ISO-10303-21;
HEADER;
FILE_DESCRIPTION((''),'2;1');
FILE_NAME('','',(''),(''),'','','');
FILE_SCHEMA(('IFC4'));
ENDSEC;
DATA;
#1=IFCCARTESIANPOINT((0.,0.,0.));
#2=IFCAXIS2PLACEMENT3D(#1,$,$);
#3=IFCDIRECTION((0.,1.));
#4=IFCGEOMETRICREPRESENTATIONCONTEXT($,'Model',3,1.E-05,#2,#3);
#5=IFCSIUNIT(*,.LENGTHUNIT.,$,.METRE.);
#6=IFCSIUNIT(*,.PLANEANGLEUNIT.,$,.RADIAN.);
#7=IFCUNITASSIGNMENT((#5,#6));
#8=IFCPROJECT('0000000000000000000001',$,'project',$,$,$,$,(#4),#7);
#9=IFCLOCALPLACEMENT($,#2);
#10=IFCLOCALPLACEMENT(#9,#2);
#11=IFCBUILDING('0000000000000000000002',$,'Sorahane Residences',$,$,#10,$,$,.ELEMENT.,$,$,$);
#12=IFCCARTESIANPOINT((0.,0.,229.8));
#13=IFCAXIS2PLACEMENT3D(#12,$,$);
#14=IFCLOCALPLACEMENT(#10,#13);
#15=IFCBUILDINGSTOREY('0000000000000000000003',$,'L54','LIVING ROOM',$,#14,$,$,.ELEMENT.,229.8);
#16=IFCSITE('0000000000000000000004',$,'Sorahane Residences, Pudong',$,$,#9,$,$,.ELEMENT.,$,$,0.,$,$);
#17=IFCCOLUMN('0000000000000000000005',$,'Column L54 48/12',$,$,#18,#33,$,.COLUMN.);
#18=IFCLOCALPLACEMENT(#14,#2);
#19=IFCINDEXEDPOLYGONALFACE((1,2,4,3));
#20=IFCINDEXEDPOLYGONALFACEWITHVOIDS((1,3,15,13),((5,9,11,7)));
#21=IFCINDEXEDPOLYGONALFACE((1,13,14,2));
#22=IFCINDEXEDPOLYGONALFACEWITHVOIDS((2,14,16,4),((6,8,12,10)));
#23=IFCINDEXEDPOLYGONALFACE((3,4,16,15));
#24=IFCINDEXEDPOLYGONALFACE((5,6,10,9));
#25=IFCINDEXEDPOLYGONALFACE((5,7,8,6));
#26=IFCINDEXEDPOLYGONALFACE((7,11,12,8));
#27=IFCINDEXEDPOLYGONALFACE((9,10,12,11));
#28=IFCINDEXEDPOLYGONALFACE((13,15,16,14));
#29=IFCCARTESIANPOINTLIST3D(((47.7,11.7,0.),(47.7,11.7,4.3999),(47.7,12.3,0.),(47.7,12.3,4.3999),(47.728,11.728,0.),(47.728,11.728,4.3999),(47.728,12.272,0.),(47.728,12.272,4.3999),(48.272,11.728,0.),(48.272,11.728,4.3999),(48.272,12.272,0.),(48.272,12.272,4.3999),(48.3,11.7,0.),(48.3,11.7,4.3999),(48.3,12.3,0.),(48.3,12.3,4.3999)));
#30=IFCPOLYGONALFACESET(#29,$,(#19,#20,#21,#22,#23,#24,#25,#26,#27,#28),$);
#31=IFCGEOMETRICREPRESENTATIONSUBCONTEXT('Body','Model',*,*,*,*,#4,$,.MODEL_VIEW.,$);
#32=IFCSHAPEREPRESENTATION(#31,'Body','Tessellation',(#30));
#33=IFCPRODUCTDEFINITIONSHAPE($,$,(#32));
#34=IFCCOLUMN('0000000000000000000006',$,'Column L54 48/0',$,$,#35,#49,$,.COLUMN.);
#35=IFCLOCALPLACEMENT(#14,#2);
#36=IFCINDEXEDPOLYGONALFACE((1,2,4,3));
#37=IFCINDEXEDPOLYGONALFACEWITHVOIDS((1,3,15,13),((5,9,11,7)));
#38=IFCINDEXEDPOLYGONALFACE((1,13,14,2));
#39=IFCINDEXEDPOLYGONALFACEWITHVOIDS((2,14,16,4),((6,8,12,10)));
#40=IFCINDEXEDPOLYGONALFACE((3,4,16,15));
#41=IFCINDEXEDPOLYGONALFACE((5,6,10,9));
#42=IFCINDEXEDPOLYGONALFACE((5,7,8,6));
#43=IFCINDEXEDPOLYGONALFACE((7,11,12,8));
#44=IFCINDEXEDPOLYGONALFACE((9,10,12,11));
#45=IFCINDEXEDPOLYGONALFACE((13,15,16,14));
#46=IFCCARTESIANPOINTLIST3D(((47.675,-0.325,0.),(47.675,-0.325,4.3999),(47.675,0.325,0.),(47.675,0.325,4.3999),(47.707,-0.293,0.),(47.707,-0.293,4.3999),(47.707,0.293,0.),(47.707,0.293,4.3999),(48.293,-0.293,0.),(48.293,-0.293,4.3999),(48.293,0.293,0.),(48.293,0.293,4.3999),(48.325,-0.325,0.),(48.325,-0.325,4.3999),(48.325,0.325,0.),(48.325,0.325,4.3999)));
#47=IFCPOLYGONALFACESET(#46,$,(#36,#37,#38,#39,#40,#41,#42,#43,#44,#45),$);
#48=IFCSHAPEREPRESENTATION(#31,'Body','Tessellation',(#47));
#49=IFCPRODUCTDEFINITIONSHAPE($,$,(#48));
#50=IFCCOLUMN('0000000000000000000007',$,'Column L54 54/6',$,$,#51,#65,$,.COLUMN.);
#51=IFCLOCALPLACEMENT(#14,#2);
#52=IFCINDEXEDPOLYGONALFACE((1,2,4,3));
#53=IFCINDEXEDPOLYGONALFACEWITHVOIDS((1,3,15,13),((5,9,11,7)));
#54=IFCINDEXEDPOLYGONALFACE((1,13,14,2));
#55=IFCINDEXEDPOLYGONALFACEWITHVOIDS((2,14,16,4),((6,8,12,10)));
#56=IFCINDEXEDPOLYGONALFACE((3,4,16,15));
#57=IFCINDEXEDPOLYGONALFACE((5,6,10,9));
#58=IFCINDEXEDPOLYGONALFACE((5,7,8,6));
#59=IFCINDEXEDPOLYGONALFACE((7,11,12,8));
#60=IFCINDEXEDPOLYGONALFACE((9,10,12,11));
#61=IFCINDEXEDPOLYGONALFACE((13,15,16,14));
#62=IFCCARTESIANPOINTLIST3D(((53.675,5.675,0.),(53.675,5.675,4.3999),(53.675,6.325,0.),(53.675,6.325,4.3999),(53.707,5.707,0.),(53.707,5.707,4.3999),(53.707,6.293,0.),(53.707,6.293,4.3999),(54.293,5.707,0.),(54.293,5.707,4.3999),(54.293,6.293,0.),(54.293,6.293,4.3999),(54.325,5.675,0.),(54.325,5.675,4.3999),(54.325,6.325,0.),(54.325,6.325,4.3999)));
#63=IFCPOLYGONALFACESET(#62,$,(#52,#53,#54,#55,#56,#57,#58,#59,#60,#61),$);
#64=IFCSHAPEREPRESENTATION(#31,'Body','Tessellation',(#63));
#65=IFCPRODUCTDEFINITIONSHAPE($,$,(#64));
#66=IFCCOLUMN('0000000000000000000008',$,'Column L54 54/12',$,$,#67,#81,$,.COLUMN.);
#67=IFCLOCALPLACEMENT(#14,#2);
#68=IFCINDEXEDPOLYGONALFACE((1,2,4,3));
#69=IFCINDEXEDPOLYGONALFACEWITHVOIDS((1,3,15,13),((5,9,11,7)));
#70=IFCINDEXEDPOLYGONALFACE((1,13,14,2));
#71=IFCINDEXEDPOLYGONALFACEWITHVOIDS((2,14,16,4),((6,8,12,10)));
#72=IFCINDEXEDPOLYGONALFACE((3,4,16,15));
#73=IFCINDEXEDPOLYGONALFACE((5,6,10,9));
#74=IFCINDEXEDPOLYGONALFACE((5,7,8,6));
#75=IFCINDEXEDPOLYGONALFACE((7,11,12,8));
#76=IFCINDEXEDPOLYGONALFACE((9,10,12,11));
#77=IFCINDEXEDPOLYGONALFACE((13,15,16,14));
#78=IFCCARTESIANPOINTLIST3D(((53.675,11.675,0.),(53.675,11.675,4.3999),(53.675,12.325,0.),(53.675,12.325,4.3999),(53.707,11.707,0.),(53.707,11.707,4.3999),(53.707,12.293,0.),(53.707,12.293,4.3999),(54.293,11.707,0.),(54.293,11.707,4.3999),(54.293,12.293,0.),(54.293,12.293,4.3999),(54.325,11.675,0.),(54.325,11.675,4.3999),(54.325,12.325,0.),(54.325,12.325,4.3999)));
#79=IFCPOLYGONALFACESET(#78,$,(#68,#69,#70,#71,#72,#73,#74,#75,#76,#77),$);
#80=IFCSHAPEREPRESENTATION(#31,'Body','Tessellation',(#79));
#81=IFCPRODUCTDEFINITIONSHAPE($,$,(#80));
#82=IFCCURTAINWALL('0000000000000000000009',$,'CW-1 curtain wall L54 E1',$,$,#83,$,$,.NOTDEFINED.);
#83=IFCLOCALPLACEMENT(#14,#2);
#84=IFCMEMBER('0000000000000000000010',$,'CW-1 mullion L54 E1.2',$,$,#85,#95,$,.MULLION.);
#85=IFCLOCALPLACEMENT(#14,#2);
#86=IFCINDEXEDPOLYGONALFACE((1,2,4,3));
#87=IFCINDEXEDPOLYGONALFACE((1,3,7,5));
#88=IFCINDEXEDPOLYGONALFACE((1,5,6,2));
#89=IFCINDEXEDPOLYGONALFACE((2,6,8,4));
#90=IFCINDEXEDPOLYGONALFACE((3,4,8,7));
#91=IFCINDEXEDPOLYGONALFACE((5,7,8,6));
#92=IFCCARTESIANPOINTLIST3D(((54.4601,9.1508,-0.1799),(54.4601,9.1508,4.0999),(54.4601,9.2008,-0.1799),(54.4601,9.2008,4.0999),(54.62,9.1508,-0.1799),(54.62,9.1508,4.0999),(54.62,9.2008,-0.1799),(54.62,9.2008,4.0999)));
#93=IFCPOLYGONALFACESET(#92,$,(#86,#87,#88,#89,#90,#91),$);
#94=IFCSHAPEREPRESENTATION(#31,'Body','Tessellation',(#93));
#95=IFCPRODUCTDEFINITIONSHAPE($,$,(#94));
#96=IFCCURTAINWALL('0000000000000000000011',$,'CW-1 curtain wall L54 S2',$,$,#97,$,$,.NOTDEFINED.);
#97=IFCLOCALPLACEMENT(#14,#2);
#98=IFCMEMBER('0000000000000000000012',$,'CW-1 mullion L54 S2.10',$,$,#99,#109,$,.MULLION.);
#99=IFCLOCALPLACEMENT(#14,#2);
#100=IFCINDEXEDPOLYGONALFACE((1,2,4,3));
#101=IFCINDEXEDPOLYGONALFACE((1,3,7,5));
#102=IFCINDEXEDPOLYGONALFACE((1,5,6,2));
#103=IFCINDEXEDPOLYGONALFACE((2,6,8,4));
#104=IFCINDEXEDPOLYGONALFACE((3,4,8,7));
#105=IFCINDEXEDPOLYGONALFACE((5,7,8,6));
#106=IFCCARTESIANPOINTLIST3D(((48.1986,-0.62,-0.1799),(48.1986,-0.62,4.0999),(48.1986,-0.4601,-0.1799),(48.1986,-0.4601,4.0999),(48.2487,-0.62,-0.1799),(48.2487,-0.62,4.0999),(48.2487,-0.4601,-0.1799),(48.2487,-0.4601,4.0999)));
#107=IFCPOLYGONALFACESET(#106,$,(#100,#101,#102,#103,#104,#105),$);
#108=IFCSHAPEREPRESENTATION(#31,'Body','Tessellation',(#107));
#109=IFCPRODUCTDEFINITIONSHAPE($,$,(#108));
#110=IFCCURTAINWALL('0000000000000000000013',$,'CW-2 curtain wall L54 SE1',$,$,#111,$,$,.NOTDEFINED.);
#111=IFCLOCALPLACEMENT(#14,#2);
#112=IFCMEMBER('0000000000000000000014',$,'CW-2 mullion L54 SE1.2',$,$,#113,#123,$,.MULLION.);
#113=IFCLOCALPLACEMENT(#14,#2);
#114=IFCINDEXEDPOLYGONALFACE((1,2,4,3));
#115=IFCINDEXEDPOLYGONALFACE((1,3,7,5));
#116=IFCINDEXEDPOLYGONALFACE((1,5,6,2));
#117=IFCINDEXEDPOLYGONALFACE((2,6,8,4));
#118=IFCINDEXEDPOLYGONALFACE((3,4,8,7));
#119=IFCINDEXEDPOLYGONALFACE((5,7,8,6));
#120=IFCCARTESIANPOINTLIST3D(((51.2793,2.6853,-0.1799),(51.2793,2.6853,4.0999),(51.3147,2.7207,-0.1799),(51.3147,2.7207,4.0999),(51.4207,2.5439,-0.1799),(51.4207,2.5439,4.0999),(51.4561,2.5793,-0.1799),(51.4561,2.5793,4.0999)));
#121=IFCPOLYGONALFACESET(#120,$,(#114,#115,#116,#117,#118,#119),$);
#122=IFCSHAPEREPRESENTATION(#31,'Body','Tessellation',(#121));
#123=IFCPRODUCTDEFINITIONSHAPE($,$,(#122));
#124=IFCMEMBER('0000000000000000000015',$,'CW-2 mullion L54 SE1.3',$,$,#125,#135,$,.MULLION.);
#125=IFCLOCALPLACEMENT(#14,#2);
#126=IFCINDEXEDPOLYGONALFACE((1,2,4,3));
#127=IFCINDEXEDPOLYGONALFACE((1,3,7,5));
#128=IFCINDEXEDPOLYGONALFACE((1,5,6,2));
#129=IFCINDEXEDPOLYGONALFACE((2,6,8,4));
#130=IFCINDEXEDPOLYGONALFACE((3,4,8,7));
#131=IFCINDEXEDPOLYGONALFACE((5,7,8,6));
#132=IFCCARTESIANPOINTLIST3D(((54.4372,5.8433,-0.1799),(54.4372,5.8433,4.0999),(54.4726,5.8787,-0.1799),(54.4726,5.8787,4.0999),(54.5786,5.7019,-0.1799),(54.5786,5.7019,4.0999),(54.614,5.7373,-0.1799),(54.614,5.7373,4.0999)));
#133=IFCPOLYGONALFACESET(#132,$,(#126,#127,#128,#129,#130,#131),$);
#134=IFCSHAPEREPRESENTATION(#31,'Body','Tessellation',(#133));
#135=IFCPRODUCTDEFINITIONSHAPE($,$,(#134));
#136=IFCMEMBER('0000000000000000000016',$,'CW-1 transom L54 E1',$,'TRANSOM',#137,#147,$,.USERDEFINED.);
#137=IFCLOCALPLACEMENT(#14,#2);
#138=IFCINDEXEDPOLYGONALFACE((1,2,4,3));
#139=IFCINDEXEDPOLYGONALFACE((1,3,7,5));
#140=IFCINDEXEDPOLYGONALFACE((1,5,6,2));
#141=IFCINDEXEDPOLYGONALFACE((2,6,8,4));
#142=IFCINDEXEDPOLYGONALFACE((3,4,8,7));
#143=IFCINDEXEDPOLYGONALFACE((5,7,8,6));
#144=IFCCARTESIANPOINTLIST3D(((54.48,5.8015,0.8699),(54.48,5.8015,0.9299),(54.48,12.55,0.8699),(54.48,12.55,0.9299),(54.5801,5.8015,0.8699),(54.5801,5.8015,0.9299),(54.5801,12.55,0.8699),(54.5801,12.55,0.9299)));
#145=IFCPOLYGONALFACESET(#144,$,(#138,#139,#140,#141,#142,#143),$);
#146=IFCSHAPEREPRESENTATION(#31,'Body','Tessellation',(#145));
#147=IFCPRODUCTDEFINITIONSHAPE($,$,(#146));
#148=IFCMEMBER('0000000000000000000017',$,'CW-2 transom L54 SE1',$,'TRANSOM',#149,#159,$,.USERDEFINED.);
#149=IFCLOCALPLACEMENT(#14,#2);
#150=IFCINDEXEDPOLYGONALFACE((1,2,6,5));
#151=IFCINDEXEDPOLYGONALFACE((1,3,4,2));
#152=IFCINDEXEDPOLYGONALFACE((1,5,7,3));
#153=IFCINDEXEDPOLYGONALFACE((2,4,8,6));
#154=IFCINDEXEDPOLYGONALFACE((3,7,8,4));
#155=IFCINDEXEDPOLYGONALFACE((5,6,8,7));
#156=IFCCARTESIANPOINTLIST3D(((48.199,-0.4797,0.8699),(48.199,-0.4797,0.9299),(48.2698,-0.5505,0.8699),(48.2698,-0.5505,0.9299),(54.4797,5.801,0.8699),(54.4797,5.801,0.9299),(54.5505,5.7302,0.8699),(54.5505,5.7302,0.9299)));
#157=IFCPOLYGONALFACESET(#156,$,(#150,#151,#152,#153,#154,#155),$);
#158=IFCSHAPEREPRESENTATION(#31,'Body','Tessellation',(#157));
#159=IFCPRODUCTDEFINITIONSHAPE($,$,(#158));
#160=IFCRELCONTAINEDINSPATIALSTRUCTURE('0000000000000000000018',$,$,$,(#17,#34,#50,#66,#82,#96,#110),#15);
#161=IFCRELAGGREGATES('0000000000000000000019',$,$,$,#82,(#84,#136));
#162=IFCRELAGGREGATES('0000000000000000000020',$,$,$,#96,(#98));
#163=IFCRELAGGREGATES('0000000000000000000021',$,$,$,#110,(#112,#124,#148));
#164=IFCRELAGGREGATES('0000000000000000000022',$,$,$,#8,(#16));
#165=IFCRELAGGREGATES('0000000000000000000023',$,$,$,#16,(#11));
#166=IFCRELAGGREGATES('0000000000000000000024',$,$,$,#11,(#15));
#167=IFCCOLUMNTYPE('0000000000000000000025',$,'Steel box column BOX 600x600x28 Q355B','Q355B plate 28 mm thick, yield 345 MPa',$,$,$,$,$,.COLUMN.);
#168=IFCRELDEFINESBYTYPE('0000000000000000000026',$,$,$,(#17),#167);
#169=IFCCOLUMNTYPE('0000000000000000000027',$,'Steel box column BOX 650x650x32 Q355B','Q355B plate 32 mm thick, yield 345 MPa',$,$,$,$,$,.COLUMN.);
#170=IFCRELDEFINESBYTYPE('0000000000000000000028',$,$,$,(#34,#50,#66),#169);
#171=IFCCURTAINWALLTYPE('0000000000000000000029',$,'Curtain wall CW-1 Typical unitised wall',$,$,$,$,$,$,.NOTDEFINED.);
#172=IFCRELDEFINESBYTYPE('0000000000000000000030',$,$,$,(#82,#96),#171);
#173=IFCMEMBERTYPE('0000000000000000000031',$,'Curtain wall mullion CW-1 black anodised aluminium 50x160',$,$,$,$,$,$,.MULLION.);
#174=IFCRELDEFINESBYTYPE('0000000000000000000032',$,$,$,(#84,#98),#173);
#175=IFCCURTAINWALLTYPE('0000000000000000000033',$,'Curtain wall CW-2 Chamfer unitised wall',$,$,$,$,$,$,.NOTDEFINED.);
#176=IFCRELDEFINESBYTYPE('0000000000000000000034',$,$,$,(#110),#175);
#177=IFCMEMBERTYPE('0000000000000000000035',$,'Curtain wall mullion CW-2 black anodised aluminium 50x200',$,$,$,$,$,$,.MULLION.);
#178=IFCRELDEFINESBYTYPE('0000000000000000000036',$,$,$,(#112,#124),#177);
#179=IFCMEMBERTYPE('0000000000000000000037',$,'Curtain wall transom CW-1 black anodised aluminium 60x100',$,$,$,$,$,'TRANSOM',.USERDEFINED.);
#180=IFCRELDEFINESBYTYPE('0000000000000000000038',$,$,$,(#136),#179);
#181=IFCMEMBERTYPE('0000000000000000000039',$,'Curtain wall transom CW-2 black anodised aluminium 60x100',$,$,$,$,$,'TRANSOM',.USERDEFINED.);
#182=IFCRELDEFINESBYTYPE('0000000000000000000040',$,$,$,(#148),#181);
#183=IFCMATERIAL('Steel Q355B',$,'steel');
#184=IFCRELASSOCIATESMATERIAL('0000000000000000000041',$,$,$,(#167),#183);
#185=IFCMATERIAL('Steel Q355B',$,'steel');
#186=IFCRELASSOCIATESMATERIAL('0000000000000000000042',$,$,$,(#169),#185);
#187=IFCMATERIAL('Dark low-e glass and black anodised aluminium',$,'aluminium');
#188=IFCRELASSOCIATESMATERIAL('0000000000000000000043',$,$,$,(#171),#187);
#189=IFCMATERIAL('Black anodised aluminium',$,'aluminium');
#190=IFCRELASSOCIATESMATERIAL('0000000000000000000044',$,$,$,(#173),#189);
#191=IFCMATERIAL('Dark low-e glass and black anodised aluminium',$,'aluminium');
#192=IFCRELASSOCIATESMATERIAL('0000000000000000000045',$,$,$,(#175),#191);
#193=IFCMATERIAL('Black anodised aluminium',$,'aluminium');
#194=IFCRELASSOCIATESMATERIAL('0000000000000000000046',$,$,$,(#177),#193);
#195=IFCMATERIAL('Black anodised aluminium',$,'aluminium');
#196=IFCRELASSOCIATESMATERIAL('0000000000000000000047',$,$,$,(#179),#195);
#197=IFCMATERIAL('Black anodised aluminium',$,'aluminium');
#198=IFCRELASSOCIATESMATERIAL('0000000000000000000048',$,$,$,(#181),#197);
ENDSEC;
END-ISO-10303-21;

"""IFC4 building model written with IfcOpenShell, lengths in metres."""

from ifc_helpers import new_model, si_unit, direction, frame, origin, origin_2d, place, context, subcontext, project, spatial, rectangle, hollow_rectangle, extrude, material, material_profile, profile_set, type_object, element, aggregate, save


model = new_model("IFC4")

# Units and contexts
model_context = context("Model", 3, precision=1e-05, world=origin(), true_north=direction((0.0, 1.0)))
body_context = subcontext(model_context, "Body", "Model", "MODEL_VIEW")
ifc_project = project(units=[si_unit("LENGTHUNIT", "METRE"), si_unit("PLANEANGLEUNIT", "RADIAN")], contexts=[model_context])

# Site, building, storey
site_placement = place(None, origin())
site = spatial("IfcSite", under=ifc_project, at=site_placement, Name="Sorahane Residences, Pudong", CompositionType="ELEMENT", RefElevation=0.0)
building_placement = place(site_placement, origin())
building = spatial("IfcBuilding", under=site, at=building_placement, Name="Sorahane Residences", CompositionType="ELEMENT")
storey_placement = place(building_placement, frame((0.0, 0.0, 229.8)))
storey = spatial("IfcBuildingStorey", under=building, at=storey_placement, Name="L54", Description="LIVING ROOM", CompositionType="ELEMENT", Elevation=229.8)

# Columns
ifc_material_1 = material(Name="Steel Q355B", Category="steel")
ifc_material_profile_1 = material_profile(ifc_material_1, hollow_rectangle(XDim=0.6001, YDim=0.6001, WallThickness=0.0281, at=origin_2d()), Name="BOX 600x600x28")
ifc_profile_set_1 = profile_set([ifc_material_profile_1], Name="Steel Q355B")
column_type_1 = type_object("IfcColumnType", Name="Steel box column BOX 600x600x28 Q355B", Description="Q355B plate 28 mm thick, yield 345 MPa", PredefinedType="COLUMN", material=ifc_profile_set_1)
column_placement = place(storey_placement, frame((48.0, 12.0, 0.0), z_axis=(0.0, 0.0, 1.0), x_axis=(1.0, 0.0, 0.0)))
element("IfcColumn", 1, at=column_placement, inside=storey, type_object=column_type_1, Name="Column L54 48/12", PredefinedType="COLUMN", context=body_context, shape_type="SweptSolid", body=[
    extrude(hollow_rectangle(XDim=0.6001, YDim=0.6001, WallThickness=0.0281, at=origin_2d()), origin(), (0.0, 0.0, 1.0), 4.3999),
])
ifc_material_2 = material(Name="Steel Q355B", Category="steel")
ifc_material_profile_2 = material_profile(ifc_material_2, hollow_rectangle(XDim=0.6499, YDim=0.6499, WallThickness=0.032, at=origin_2d()), Name="BOX 650x650x32")
ifc_profile_set_2 = profile_set([ifc_material_profile_2], Name="Steel Q355B")
column_type_2 = type_object("IfcColumnType", Name="Steel box column BOX 650x650x32 Q355B", Description="Q355B plate 32 mm thick, yield 345 MPa", PredefinedType="COLUMN", material=ifc_profile_set_2)
for number, where, z_axis, x_axis, name in (
    (2, (48.0, 0.0, 0.0), (0.0, 0.0, 1.0), (1.0, 0.0, 0.0), "Column L54 48/0"),
    (3, (54.0, 6.0, 0.0), (0.0, 0.0, 1.0), (1.0, 0.0, 0.0), "Column L54 54/6"),
    (4, (54.0, 12.0, 0.0), (0.0, 0.0, 1.0), (1.0, 0.0, 0.0), "Column L54 54/12"),
):
    element("IfcColumn", number, at=place(storey_placement, frame(where, z_axis=z_axis, x_axis=x_axis)), inside=storey, type_object=column_type_2, Name=name, PredefinedType="COLUMN", context=body_context, shape_type="SweptSolid", body=[
        extrude(hollow_rectangle(XDim=0.6499, YDim=0.6499, WallThickness=0.032, at=origin_2d()), origin(), (0.0, 0.0, 1.0), 4.3999),
    ])

# Curtain walls, members
ifc_material_3 = material(Name="Dark low-e glass and black anodised aluminium", Category="aluminium")
curtain_wall_type_1 = type_object("IfcCurtainWallType", Name="Curtain wall CW-1 Typical unitised wall", PredefinedType="NOTDEFINED", material=ifc_material_3)
curtain_wall_1_placement = place(storey_placement, origin())
curtain_wall_1 = element("IfcCurtainWall", 5, at=curtain_wall_1_placement, inside=storey, type_object=curtain_wall_type_1, Name="CW-1 curtain wall L54 E1", PredefinedType="NOTDEFINED")
ifc_material_4 = material(Name="Black anodised aluminium", Category="aluminium")
ifc_material_profile_3 = material_profile(ifc_material_4, rectangle(XDim=0.1599, YDim=0.05, at=origin_2d()), Name="Curtain wall mullion CW-1 black anodised aluminium 50x160")
ifc_profile_set_3 = profile_set([ifc_material_profile_3], Name="Black anodised aluminium")
member_type_1 = type_object("IfcMemberType", Name="Curtain wall mullion CW-1 black anodised aluminium 50x160", PredefinedType="MULLION", material=ifc_profile_set_3)
member_1_placement = place(storey_placement, frame((54.54, 9.1758, -0.1799), z_axis=(0.0, 0.0, 1.0), x_axis=(1.0, 0.0, 0.0)))
member_1 = element("IfcMember", 6, at=member_1_placement, type_object=member_type_1, Name="CW-1 mullion L54 E1.2", PredefinedType="MULLION", context=body_context, shape_type="SweptSolid", body=[
    extrude(rectangle(XDim=0.1599, YDim=0.05, at=origin_2d()), origin(), (0.0, 0.0, 1.0), 4.2798),
])
curtain_wall_2_placement = place(storey_placement, origin())
curtain_wall_2 = element("IfcCurtainWall", 7, at=curtain_wall_2_placement, inside=storey, type_object=curtain_wall_type_1, Name="CW-1 curtain wall L54 S2", PredefinedType="NOTDEFINED")
member_2_placement = place(storey_placement, frame((48.2236, -0.54, -0.1799), z_axis=(0.0, 0.0, 1.0), x_axis=(0.0, -1.0, 0.0)))
member_2 = element("IfcMember", 8, at=member_2_placement, type_object=member_type_1, Name="CW-1 mullion L54 S2.10", PredefinedType="MULLION", context=body_context, shape_type="SweptSolid", body=[
    extrude(rectangle(XDim=0.1599, YDim=0.05, at=origin_2d()), origin(), (0.0, 0.0, 1.0), 4.2798),
])

# Curtain wall, members
ifc_material_5 = material(Name="Dark low-e glass and black anodised aluminium", Category="aluminium")
curtain_wall_type_2 = type_object("IfcCurtainWallType", Name="Curtain wall CW-2 Chamfer unitised wall", PredefinedType="NOTDEFINED", material=ifc_material_5)
curtain_wall_3_placement = place(storey_placement, origin())
curtain_wall_3 = element("IfcCurtainWall", 9, at=curtain_wall_3_placement, inside=storey, type_object=curtain_wall_type_2, Name="CW-2 curtain wall L54 SE1", PredefinedType="NOTDEFINED")
ifc_material_6 = material(Name="Black anodised aluminium", Category="aluminium")
ifc_material_profile_4 = material_profile(ifc_material_6, rectangle(XDim=0.2, YDim=0.05, at=origin_2d()), Name="Curtain wall mullion CW-2 black anodised aluminium 50x200")
ifc_profile_set_4 = profile_set([ifc_material_profile_4], Name="Black anodised aluminium")
member_type_2 = type_object("IfcMemberType", Name="Curtain wall mullion CW-2 black anodised aluminium 50x200", PredefinedType="MULLION", material=ifc_profile_set_4)
member_3_placement = place(storey_placement, frame((51.3677, 2.6323, -0.1799), z_axis=(0.0, 0.0, 1.0), x_axis=(0.707107, -0.707107, 0.0)))
member_3 = element("IfcMember", 10, at=member_3_placement, type_object=member_type_2, Name="CW-2 mullion L54 SE1.2", PredefinedType="MULLION", context=body_context, shape_type="SweptSolid", body=[
    extrude(rectangle(XDim=0.2, YDim=0.05, at=origin_2d()), origin(), (0.0, 0.0, 1.0), 4.2798),
])
member_4_placement = place(storey_placement, frame((54.5256, 5.7903, -0.1799), z_axis=(0.0, 0.0, 1.0), x_axis=(0.707107, -0.707107, 0.0)))
member_4 = element("IfcMember", 11, at=member_4_placement, type_object=member_type_2, Name="CW-2 mullion L54 SE1.3", PredefinedType="MULLION", context=body_context, shape_type="SweptSolid", body=[
    extrude(rectangle(XDim=0.2, YDim=0.05, at=origin_2d()), origin(), (0.0, 0.0, 1.0), 4.2798),
])

# Members
ifc_material_7 = material(Name="Black anodised aluminium", Category="aluminium")
ifc_material_profile_5 = material_profile(ifc_material_7, rectangle(XDim=0.1001, YDim=0.0601, at=origin_2d()), Name="Curtain wall transom CW-1 black anodised aluminium 60x100")
ifc_profile_set_5 = profile_set([ifc_material_profile_5], Name="Black anodised aluminium")
member_type_3 = type_object("IfcMemberType", Name="Curtain wall transom CW-1 black anodised aluminium 60x100", ElementType="TRANSOM", PredefinedType="USERDEFINED", material=ifc_profile_set_5)
member_5_placement = place(storey_placement, frame((54.53, 5.8015, 0.8999), z_axis=(0.0, 1.0, 0.0), x_axis=(-1.0, 0.0, 0.0)))
member_5 = element("IfcMember", 12, at=member_5_placement, type_object=member_type_3, Name="CW-1 transom L54 E1", ObjectType="TRANSOM", PredefinedType="USERDEFINED", context=body_context, shape_type="SweptSolid", body=[
    extrude(rectangle(XDim=0.1001, YDim=0.0601, at=origin_2d()), origin(), (0.0, 0.0, 1.0), 6.7485),
])
ifc_material_8 = material(Name="Black anodised aluminium", Category="aluminium")
ifc_material_profile_6 = material_profile(ifc_material_8, rectangle(XDim=0.1001, YDim=0.0601, at=origin_2d()), Name="Curtain wall transom CW-2 black anodised aluminium 60x100")
ifc_profile_set_6 = profile_set([ifc_material_profile_6], Name="Black anodised aluminium")
member_type_4 = type_object("IfcMemberType", Name="Curtain wall transom CW-2 black anodised aluminium 60x100", ElementType="TRANSOM", PredefinedType="USERDEFINED", material=ifc_profile_set_6)
member_6_placement = place(storey_placement, frame((48.2344, -0.5151, 0.8999), z_axis=(0.707107, 0.707107, 0.0), x_axis=(-0.707107, 0.707107, 0.0)))
member_6 = element("IfcMember", 13, at=member_6_placement, type_object=member_type_4, Name="CW-2 transom L54 SE1", ObjectType="TRANSOM", PredefinedType="USERDEFINED", context=body_context, shape_type="SweptSolid", body=[
    extrude(rectangle(XDim=0.1001, YDim=0.0601, at=origin_2d()), origin(), (0.0, 0.0, 1.0), 8.8823),
])

aggregate(curtain_wall_1, [member_1, member_5])
aggregate(curtain_wall_2, [member_2])
aggregate(curtain_wall_3, [member_3, member_4, member_6])

save(model, "model.ifc")
